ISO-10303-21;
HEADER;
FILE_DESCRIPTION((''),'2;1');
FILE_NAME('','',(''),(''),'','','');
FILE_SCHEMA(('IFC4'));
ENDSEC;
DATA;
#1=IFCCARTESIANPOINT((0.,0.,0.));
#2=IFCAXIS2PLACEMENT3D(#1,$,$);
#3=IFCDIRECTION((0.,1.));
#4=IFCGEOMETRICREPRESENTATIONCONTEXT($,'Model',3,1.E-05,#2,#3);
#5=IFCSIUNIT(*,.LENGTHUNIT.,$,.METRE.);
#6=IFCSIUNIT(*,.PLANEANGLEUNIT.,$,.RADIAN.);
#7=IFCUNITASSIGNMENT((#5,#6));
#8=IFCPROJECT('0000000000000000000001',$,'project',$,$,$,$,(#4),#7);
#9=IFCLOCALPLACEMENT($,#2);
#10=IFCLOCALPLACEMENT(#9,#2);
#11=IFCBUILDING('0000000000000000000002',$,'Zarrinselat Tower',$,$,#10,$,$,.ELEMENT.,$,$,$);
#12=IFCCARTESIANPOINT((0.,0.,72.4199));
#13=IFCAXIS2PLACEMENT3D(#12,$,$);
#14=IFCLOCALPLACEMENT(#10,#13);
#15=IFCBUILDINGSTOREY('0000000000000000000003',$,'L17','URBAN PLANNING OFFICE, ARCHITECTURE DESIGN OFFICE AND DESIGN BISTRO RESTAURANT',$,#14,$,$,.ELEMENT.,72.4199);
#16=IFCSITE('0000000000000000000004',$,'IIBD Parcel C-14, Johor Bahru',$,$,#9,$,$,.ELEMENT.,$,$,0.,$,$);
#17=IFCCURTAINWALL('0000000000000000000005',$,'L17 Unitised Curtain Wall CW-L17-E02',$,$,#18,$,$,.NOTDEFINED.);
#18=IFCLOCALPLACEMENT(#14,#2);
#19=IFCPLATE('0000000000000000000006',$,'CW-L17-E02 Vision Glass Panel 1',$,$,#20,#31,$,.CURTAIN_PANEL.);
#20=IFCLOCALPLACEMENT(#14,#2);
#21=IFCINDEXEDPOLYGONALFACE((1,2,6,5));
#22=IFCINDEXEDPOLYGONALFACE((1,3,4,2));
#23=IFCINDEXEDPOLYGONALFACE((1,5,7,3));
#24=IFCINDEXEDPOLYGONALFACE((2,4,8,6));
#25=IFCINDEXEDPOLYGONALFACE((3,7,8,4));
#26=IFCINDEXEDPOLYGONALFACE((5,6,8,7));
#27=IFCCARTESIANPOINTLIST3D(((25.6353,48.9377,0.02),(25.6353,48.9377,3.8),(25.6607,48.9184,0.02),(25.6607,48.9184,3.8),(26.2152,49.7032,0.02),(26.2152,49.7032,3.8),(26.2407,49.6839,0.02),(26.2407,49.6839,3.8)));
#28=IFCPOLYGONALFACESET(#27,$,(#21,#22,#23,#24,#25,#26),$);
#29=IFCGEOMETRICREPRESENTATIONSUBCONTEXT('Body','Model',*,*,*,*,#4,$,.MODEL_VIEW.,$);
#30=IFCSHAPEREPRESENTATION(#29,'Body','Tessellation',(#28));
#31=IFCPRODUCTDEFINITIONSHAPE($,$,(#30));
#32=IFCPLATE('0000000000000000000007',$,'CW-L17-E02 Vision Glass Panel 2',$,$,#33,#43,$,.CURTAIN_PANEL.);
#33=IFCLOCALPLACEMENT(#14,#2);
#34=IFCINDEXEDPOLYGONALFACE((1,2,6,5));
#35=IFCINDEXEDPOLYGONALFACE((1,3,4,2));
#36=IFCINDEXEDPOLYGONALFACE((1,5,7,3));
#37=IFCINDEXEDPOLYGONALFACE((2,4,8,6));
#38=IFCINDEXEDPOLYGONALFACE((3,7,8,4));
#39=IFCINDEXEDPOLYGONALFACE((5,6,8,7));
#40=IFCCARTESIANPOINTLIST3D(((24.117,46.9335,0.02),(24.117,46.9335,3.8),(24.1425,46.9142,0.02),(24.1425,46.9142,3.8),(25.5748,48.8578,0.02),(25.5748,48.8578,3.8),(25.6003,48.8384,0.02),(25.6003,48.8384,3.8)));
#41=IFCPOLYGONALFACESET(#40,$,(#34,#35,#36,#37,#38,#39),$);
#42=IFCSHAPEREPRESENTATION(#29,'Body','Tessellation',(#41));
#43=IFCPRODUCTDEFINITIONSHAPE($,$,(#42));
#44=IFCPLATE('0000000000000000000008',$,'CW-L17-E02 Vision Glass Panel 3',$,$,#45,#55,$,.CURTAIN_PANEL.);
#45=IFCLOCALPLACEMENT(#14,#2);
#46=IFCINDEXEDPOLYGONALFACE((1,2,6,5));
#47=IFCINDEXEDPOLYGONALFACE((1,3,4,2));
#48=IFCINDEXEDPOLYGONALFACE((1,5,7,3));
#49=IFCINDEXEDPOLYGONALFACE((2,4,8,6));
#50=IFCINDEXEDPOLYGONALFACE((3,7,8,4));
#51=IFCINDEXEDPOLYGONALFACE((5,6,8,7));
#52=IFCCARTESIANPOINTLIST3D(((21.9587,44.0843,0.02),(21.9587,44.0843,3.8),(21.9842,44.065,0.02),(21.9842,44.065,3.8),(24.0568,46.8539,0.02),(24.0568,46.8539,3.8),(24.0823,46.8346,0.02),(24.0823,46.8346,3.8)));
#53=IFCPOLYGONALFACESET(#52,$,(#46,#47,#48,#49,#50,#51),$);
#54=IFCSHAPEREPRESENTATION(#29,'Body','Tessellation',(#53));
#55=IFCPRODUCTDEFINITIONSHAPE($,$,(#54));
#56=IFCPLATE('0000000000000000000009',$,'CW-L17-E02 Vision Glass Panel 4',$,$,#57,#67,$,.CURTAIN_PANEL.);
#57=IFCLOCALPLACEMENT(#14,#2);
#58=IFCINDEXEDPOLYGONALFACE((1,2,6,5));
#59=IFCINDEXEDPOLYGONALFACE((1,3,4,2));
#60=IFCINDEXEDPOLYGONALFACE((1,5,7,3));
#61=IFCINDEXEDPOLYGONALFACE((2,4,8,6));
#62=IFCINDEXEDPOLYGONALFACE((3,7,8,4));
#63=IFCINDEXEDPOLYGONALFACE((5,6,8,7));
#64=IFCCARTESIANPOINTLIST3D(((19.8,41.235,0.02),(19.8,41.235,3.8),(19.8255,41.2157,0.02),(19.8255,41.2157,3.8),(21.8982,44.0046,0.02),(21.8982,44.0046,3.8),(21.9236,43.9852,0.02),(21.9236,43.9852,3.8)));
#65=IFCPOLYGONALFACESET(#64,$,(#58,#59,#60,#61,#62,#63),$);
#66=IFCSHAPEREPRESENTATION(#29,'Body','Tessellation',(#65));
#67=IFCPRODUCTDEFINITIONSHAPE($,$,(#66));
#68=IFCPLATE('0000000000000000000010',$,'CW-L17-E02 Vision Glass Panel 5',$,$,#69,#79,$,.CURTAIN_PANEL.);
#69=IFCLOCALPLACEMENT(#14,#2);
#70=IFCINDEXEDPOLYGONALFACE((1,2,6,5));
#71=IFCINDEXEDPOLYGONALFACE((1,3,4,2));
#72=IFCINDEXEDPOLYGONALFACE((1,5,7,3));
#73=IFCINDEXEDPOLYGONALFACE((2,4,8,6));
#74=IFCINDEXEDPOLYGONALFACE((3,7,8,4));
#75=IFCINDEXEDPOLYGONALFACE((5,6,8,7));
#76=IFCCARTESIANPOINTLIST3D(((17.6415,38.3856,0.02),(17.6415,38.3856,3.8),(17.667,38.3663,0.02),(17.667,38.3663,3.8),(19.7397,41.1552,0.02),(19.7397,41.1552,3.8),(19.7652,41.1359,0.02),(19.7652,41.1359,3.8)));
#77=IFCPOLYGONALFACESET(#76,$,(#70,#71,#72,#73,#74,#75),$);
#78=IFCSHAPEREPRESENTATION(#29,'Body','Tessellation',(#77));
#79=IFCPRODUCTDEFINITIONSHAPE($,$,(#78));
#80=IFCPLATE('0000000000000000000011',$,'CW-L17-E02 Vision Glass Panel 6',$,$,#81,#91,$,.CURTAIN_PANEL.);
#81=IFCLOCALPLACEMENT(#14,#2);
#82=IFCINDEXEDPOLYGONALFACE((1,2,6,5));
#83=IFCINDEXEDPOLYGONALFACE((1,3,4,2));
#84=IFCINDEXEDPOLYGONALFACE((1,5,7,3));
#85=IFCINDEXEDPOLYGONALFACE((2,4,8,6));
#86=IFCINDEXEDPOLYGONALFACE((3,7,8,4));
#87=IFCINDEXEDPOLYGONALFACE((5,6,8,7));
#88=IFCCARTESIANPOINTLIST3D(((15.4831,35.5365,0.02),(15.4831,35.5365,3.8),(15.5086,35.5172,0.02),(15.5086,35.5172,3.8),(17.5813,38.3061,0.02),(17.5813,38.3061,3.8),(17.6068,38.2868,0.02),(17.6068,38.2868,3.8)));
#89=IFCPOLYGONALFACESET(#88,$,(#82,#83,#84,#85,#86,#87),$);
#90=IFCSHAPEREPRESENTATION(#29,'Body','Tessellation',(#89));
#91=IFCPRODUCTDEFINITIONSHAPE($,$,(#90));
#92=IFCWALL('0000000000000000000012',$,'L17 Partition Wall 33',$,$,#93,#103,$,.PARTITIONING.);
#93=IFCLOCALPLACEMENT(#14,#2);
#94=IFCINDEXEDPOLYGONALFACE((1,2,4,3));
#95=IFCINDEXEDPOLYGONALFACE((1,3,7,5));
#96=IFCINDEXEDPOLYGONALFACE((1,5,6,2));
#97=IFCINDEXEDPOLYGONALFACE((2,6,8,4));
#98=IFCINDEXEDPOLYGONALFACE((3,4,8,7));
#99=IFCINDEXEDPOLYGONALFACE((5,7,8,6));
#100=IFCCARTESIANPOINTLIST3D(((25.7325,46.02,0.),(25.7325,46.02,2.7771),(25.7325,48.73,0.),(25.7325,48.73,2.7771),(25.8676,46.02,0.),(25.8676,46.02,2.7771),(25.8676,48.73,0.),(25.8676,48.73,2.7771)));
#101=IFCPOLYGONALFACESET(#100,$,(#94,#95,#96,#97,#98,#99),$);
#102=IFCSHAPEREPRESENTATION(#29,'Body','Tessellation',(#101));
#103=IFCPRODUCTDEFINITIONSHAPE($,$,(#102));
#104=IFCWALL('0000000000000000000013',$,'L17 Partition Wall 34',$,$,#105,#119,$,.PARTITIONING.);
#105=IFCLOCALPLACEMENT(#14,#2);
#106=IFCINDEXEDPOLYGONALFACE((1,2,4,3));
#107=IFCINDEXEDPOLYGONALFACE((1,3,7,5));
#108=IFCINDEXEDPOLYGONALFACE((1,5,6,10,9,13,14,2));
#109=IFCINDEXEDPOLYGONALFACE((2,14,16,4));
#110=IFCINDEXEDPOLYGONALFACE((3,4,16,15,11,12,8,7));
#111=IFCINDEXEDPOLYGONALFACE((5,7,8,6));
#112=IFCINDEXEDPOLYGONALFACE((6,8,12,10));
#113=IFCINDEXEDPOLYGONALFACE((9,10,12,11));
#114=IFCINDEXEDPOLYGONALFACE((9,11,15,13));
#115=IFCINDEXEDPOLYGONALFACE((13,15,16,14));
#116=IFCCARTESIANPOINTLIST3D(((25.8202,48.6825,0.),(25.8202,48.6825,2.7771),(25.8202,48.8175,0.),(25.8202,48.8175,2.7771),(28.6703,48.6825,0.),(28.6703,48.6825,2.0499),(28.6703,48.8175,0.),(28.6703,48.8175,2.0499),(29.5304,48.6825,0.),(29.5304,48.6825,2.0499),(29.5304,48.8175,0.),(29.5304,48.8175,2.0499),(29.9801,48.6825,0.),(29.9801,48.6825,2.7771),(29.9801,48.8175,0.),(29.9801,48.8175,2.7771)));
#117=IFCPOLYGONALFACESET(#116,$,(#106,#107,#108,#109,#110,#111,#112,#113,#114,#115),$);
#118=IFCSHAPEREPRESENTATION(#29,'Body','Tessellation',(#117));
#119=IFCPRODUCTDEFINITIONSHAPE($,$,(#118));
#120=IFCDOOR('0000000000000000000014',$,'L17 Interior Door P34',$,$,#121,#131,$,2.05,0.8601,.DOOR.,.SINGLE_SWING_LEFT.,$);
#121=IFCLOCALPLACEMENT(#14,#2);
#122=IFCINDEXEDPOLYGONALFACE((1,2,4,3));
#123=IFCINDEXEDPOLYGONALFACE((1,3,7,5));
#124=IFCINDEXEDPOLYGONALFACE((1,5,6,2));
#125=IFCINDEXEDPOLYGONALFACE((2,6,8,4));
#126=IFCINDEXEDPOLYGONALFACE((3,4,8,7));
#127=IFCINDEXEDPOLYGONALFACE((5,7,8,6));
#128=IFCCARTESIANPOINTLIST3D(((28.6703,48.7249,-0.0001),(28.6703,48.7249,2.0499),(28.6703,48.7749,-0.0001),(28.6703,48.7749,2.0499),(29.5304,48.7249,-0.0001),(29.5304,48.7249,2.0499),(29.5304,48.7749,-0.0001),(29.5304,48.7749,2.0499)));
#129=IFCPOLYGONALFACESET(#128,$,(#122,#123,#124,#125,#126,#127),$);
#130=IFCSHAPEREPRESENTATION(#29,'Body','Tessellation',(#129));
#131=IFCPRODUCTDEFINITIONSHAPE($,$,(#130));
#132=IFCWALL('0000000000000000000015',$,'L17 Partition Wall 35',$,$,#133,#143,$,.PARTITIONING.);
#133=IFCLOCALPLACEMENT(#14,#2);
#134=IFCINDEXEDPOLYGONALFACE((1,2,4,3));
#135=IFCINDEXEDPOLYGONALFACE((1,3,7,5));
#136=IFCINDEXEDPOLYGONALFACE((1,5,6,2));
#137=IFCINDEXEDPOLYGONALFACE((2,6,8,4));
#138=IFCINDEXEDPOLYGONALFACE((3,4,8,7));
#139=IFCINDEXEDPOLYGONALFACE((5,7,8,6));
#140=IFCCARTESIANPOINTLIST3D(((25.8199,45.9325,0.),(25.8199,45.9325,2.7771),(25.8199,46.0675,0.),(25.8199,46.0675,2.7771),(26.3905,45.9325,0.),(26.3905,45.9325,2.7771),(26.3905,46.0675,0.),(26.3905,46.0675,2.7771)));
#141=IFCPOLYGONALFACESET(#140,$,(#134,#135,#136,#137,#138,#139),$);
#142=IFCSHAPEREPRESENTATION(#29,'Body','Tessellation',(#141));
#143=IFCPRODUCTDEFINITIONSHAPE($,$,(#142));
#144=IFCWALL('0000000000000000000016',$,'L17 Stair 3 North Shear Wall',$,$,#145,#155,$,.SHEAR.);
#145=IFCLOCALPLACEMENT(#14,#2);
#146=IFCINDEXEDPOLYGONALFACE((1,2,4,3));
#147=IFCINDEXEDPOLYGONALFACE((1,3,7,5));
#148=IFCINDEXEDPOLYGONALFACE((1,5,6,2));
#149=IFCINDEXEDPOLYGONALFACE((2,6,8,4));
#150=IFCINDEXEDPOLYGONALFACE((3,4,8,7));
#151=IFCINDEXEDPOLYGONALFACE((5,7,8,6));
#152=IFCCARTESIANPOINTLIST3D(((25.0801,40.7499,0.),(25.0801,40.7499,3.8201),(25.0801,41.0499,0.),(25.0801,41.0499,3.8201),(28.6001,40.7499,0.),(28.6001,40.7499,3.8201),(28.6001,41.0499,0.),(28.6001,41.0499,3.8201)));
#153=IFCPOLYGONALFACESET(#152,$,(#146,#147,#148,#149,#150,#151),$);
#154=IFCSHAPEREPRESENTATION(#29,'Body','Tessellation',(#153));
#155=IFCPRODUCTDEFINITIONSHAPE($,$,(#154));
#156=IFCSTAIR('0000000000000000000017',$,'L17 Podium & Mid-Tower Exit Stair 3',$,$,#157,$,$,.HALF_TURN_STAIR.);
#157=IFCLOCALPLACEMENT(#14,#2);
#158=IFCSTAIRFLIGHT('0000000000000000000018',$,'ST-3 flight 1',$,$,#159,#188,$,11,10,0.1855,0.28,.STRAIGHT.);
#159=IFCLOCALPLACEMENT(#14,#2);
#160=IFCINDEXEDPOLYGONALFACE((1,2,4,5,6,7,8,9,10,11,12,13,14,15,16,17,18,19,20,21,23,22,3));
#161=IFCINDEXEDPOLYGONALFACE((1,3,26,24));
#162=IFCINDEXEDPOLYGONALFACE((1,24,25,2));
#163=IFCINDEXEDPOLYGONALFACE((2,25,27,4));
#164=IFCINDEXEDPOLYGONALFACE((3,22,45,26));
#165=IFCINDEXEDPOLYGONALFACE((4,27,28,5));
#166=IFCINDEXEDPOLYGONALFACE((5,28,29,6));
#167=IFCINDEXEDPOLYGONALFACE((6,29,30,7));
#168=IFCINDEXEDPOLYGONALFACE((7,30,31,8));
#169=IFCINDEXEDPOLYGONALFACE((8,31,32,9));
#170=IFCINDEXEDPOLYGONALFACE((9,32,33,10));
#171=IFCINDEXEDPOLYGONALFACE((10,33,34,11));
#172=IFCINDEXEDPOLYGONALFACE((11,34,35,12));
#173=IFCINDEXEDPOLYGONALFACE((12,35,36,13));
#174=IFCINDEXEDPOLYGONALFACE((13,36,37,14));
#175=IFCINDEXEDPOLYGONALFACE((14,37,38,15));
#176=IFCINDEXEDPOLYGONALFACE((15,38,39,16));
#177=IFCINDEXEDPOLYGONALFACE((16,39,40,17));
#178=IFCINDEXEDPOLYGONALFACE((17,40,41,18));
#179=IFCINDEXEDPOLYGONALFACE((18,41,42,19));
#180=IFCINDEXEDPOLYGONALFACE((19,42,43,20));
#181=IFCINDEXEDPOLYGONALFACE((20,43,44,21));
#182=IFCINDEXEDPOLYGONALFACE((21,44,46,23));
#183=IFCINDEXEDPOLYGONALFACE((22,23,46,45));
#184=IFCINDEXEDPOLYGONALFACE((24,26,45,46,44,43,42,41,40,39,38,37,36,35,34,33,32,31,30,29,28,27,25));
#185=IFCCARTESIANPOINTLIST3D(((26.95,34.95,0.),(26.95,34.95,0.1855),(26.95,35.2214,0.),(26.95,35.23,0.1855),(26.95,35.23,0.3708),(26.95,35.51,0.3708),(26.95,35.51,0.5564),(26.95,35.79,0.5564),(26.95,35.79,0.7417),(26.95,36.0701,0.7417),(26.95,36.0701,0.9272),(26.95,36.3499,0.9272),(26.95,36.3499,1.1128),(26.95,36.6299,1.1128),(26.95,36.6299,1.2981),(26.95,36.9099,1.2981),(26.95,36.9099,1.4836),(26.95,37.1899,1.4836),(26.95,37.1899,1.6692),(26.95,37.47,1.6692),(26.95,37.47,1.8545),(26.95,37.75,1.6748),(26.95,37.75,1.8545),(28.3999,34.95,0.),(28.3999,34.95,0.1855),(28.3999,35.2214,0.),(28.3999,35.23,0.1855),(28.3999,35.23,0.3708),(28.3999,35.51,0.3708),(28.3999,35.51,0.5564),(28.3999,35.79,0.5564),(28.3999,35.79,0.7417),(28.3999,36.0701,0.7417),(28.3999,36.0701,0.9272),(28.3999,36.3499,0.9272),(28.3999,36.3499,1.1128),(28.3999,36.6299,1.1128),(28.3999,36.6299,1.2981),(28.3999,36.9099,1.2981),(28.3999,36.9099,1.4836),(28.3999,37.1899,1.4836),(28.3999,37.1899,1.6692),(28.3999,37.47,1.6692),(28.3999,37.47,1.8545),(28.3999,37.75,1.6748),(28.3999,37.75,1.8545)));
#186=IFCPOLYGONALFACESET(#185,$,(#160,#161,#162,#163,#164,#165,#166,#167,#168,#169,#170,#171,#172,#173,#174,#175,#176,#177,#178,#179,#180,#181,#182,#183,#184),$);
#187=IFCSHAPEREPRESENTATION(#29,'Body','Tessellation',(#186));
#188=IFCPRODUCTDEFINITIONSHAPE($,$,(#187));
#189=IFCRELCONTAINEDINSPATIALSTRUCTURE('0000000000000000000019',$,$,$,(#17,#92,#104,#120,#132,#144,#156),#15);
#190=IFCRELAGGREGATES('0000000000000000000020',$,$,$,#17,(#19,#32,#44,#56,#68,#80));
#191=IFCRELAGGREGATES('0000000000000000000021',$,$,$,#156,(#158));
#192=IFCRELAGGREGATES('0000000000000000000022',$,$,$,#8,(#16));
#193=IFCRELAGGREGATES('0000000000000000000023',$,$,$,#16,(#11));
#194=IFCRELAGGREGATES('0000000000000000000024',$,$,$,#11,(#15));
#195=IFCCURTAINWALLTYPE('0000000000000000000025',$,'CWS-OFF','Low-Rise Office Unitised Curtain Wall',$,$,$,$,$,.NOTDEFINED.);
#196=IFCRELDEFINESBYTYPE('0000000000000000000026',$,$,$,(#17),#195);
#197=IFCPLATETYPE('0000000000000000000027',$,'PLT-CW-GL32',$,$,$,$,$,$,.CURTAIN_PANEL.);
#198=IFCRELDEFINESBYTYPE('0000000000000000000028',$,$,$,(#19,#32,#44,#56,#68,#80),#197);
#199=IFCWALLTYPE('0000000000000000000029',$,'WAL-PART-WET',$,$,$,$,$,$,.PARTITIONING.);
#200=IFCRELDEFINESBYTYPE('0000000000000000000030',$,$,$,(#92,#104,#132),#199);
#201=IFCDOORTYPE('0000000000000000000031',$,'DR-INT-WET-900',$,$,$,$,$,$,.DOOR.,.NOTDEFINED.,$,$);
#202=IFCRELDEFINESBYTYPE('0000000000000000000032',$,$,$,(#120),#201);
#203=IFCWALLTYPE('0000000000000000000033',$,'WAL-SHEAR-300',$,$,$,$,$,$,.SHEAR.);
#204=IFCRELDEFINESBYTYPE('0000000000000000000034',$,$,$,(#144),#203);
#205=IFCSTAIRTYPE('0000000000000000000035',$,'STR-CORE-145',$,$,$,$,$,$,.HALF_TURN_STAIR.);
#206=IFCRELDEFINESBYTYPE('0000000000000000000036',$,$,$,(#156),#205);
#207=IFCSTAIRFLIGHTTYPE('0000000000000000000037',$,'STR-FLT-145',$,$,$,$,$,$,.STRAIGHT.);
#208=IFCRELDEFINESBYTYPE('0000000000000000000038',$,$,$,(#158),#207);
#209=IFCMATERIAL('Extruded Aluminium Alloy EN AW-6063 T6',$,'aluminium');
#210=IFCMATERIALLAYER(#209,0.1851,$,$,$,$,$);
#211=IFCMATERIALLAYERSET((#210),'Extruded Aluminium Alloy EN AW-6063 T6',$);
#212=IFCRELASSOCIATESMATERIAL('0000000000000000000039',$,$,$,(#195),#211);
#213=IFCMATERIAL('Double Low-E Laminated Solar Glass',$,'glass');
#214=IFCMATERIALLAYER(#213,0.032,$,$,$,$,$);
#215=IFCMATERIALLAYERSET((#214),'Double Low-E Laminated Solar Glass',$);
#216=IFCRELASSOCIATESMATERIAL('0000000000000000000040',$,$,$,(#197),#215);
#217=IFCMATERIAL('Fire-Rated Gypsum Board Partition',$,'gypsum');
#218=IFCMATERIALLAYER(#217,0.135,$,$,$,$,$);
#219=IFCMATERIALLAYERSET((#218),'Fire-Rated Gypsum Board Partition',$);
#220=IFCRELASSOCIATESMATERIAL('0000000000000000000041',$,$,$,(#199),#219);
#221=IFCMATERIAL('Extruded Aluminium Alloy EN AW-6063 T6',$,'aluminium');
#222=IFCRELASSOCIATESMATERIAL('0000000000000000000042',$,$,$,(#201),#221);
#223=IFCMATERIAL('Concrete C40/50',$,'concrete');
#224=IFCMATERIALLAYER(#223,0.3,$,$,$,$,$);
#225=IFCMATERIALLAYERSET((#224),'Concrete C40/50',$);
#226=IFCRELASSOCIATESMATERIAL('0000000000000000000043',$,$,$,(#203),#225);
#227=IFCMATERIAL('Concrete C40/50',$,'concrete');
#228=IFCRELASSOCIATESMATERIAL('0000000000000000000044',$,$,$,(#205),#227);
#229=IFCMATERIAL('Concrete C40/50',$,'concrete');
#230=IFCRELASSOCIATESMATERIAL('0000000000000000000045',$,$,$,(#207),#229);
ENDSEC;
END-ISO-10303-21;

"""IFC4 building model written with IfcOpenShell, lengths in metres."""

from ifc_helpers import new_model, si_unit, direction, frame, frame_2d, origin, origin_2d, place, context, subcontext, project, spatial, polyline, rectangle, outline, extrude, material, layer, layer_set, type_object, element, fill, aggregate, save


model = new_model("IFC4")

# Units and contexts
model_context = context("Model", 3, precision=1e-05, world=origin(), true_north=direction((0.0, 1.0)))
body_context = subcontext(model_context, "Body", "Model", "MODEL_VIEW")
ifc_project = project(units=[si_unit("LENGTHUNIT", "METRE"), si_unit("PLANEANGLEUNIT", "RADIAN")], contexts=[model_context])

# Site, building, storey
site_placement = place(None, origin())
site = spatial("IfcSite", under=ifc_project, at=site_placement, Name="IIBD Parcel C-14, Johor Bahru", CompositionType="ELEMENT", RefElevation=0.0)
building_placement = place(site_placement, origin())
building = spatial("IfcBuilding", under=site, at=building_placement, Name="Zarrinselat Tower", CompositionType="ELEMENT")
storey_placement = place(building_placement, frame((0.0, 0.0, 72.4199)))
storey = spatial("IfcBuildingStorey", under=building, at=storey_placement, Name="L17", Description="URBAN PLANNING OFFICE, ARCHITECTURE DESIGN OFFICE AND DESIGN BISTRO RESTAURANT", CompositionType="ELEMENT", Elevation=72.4199)

# Shared definitions
ifc_material_1 = material(Name="Extruded Aluminium Alloy EN AW-6063 T6", Category="aluminium")
ifc_layer_1 = layer(ifc_material_1, 0.1851)
ifc_layer_set_1 = layer_set([ifc_layer_1], Name="Extruded Aluminium Alloy EN AW-6063 T6")
curtain_wall_type = type_object("IfcCurtainWallType", Name="CWS-OFF", Description="Low-Rise Office Unitised Curtain Wall", PredefinedType="NOTDEFINED", material=ifc_layer_set_1)

# Curtain wall
curtain_wall_1_placement = place(storey_placement, origin())
curtain_wall_1 = element("IfcCurtainWall", 1, at=curtain_wall_1_placement, inside=storey, type_object=curtain_wall_type, Name="L17 Unitised Curtain Wall CW-L17-E02", PredefinedType="NOTDEFINED")

# Plates
ifc_material_2 = material(Name="Double Low-E Laminated Solar Glass", Category="glass")
ifc_layer_2 = layer(ifc_material_2, 0.032)
ifc_layer_set_2 = layer_set([ifc_layer_2], Name="Double Low-E Laminated Solar Glass")
plate_type = type_object("IfcPlateType", Name="PLT-CW-GL32", PredefinedType="CURTAIN_PANEL", material=ifc_layer_set_2)
plate_1_placement = place(storey_placement, frame((25.938, 49.3108, 0.02), z_axis=(0.0, 0.0, 1.0), x_axis=(-0.603857, -0.797093, 0.0)))
plate_1 = element("IfcPlate", 2, at=plate_1_placement, type_object=plate_type, Name="CW-L17-E02 Vision Glass Panel 1", PredefinedType="CURTAIN_PANEL", context=body_context, shape_type="SweptSolid", body=[
    extrude(rectangle(XDim=0.9604, YDim=0.032, at=origin_2d()), origin(), (0.0, 0.0, 1.0), 3.78),
])
plate_2_placement = place(storey_placement, frame((24.8586, 47.886, 0.02), z_axis=(0.0, 0.0, 1.0), x_axis=(-0.603857, -0.797093, 0.0)))
plate_2 = element("IfcPlate", 3, at=plate_2_placement, type_object=plate_type, Name="CW-L17-E02 Vision Glass Panel 2", PredefinedType="CURTAIN_PANEL", context=body_context, shape_type="SweptSolid", body=[
    extrude(rectangle(XDim=2.4141, YDim=0.032, at=origin_2d()), origin(), (0.0, 0.0, 1.0), 3.78),
])
plate_3_placement = place(storey_placement, frame((23.0205, 45.4595, 0.02), z_axis=(0.0, 0.0, 1.0), x_axis=(-0.603857, -0.797093, 0.0)))
plate_3 = element("IfcPlate", 4, at=plate_3_placement, type_object=plate_type, Name="CW-L17-E02 Vision Glass Panel 3", PredefinedType="CURTAIN_PANEL", context=body_context, shape_type="SweptSolid", body=[
    extrude(rectangle(XDim=3.4746, YDim=0.032, at=origin_2d()), origin(), (0.0, 0.0, 1.0), 3.78),
])
plate_4_placement = place(storey_placement, frame((20.8618, 42.6101, 0.02), z_axis=(0.0, 0.0, 1.0), x_axis=(-0.603857, -0.797093, 0.0)))
plate_4 = element("IfcPlate", 5, at=plate_4_placement, type_object=plate_type, Name="CW-L17-E02 Vision Glass Panel 4", PredefinedType="CURTAIN_PANEL", context=body_context, shape_type="SweptSolid", body=[
    extrude(rectangle(XDim=3.4746, YDim=0.032, at=origin_2d()), origin(), (0.0, 0.0, 1.0), 3.78),
])
plate_5_placement = place(storey_placement, frame((18.7034, 39.7607, 0.02), z_axis=(0.0, 0.0, 1.0), x_axis=(-0.603857, -0.797093, 0.0)))
plate_5 = element("IfcPlate", 6, at=plate_5_placement, type_object=plate_type, Name="CW-L17-E02 Vision Glass Panel 5", PredefinedType="CURTAIN_PANEL", context=body_context, shape_type="SweptSolid", body=[
    extrude(rectangle(XDim=3.4746, YDim=0.032, at=origin_2d()), origin(), (0.0, 0.0, 1.0), 3.78),
])
plate_6_placement = place(storey_placement, frame((16.5449, 36.9116, 0.02), z_axis=(0.0, 0.0, 1.0), x_axis=(-0.603857, -0.797093, 0.0)))
plate_6 = element("IfcPlate", 7, at=plate_6_placement, type_object=plate_type, Name="CW-L17-E02 Vision Glass Panel 6", PredefinedType="CURTAIN_PANEL", context=body_context, shape_type="SweptSolid", body=[
    extrude(rectangle(XDim=3.4746, YDim=0.032, at=origin_2d()), origin(), (0.0, 0.0, 1.0), 3.78),
])
aggregate(curtain_wall_1, [plate_1, plate_2, plate_3, plate_4, plate_5, plate_6])

# Wall
ifc_material_3 = material(Name="Fire-Rated Gypsum Board Partition", Category="gypsum")
ifc_layer_3 = layer(ifc_material_3, 0.135)
ifc_layer_set_3 = layer_set([ifc_layer_3], Name="Fire-Rated Gypsum Board Partition")
wall_type_1 = type_object("IfcWallType", Name="WAL-PART-WET", PredefinedType="PARTITIONING", material=ifc_layer_set_3)
wall_1_placement = place(storey_placement, frame((25.8, 46.02, 0.0), z_axis=(0.0, 0.0, 1.0), x_axis=(0.0, 1.0, 0.0)))
element("IfcWall", 8, at=wall_1_placement, inside=storey, type_object=wall_type_1, Name="L17 Partition Wall 33", PredefinedType="PARTITIONING", context=body_context, shape_type="SweptSolid", body=[
    extrude(rectangle(XDim=2.71, YDim=0.135, at=frame_2d((1.355, 0.0))), origin(), (0.0, 0.0, 1.0), 2.7771),
])

# Wall, opening, door
wall_2_placement = place(storey_placement, frame((25.8201, 48.75, 0.0), z_axis=(0.0, 0.0, 1.0), x_axis=(1.0, 0.0, 0.0)))
wall_2 = element("IfcWall", 9, at=wall_2_placement, inside=storey, type_object=wall_type_1, Name="L17 Partition Wall 34", PredefinedType="PARTITIONING", context=body_context, shape_type="SweptSolid", body=[
    extrude(rectangle(XDim=4.1599, YDim=0.135, at=frame_2d((2.0801, 0.0))), origin(), (0.0, 0.0, 1.0), 2.7771),
])
opening_placement = place(wall_2_placement, frame((2.8501, 0.0, 0.0)))
opening = element("IfcOpeningElement", 10, at=opening_placement, cuts=wall_2, PredefinedType="OPENING", context=body_context, shape_type="SweptSolid", body=[
    extrude(rectangle(XDim=0.8601, YDim=2.05, at=frame_2d((0.4302, 1.0249))), frame((0.0, 0.0774, 0.0), z_axis=(0.0, -1.0, 0.0), x_axis=(1.0, 0.0, 0.0)), (0.0, 0.0, 1.0), 0.155),
])
ifc_material_4 = material(Name="Extruded Aluminium Alloy EN AW-6063 T6", Category="aluminium")
door_type = type_object("IfcDoorType", Name="DR-INT-WET-900", OperationType="NOTDEFINED", PredefinedType="DOOR", material=ifc_material_4)
door_placement = place(opening_placement, origin())
door = element("IfcDoor", 11, at=door_placement, inside=storey, type_object=door_type, Name="L17 Interior Door P34", OperationType="SINGLE_SWING_LEFT", OverallHeight=2.05, OverallWidth=0.8601, PredefinedType="DOOR", context=body_context, shape_type="SweptSolid", body=[
    extrude(rectangle(XDim=0.8601, YDim=2.05, at=frame_2d((0.4302, 1.0249))), frame((0.0, 0.0249, 0.0), z_axis=(0.0, -1.0, 0.0), x_axis=(1.0, 0.0, 0.0)), (0.0, 0.0, 1.0), 0.05),
])
fill(opening, door)

# Walls
wall_3_placement = place(storey_placement, frame((25.8201, 46.0, 0.0), z_axis=(0.0, 0.0, 1.0), x_axis=(1.0, 0.0, 0.0)))
element("IfcWall", 12, at=wall_3_placement, inside=storey, type_object=wall_type_1, Name="L17 Partition Wall 35", PredefinedType="PARTITIONING", context=body_context, shape_type="SweptSolid", body=[
    extrude(rectangle(XDim=0.5706, YDim=0.135, at=frame_2d((0.2852, 0.0))), origin(), (0.0, 0.0, 1.0), 2.7771),
])
ifc_material_5 = material(Name="Concrete C40/50", Category="concrete")
ifc_layer_4 = layer(ifc_material_5, 0.3)
ifc_layer_set_4 = layer_set([ifc_layer_4], Name="Concrete C40/50")
wall_type_2 = type_object("IfcWallType", Name="WAL-SHEAR-300", PredefinedType="SHEAR", material=ifc_layer_set_4)
wall_4_placement = place(storey_placement, frame((25.0801, 40.8999, 0.0), z_axis=(0.0, 0.0, 1.0), x_axis=(1.0, 0.0, 0.0)))
element("IfcWall", 13, at=wall_4_placement, inside=storey, type_object=wall_type_2, Name="L17 Stair 3 North Shear Wall", PredefinedType="SHEAR", context=body_context, shape_type="SweptSolid", body=[
    extrude(rectangle(XDim=3.52, YDim=0.3, at=frame_2d((1.76, 0.0))), origin(), (0.0, 0.0, 1.0), 3.8201),
])

# Stair, stair flight
ifc_material_6 = material(Name="Concrete C40/50", Category="concrete")
stair_type = type_object("IfcStairType", Name="STR-CORE-145", PredefinedType="HALF_TURN_STAIR", material=ifc_material_6)
stair_placement = place(storey_placement, origin())
stair = element("IfcStair", 14, at=stair_placement, inside=storey, type_object=stair_type, Name="L17 Podium & Mid-Tower Exit Stair 3", PredefinedType="HALF_TURN_STAIR")
ifc_material_7 = material(Name="Concrete C40/50", Category="concrete")
stair_flight_type = type_object("IfcStairFlightType", Name="STR-FLT-145", PredefinedType="STRAIGHT", material=ifc_material_7)
stair_flight_1_placement = place(storey_placement, frame((27.675, 34.95, 0.0), z_axis=(0.0, 0.0, 1.0), x_axis=(0.0, 1.0, 0.0)))
stair_flight_1 = element("IfcStairFlight", 15, at=stair_flight_1_placement, type_object=stair_flight_type, Name="ST-3 flight 1", NumberOfRisers=11, NumberOfTreads=10, PredefinedType="STRAIGHT", RiserHeight=0.1855, TreadLength=0.28, context=body_context, shape_type="SweptSolid", body=[
    extrude(outline(polyline([(0.0, 0.0), (0.0, 0.1855), (0.28, 0.1855), (0.28, 0.3708), (0.5601, 0.3708), (0.5601, 0.5564), (0.8401, 0.5564), (0.8401, 0.7417), (1.1201, 0.7417), (1.1201, 0.9272), (1.3999, 0.9272), (1.3999, 1.1128), (1.6799, 1.1128), (1.6799, 1.2981), (1.96, 1.2981), (1.96, 1.4836), (2.24, 1.4836), (2.24, 1.6692), (2.52, 1.6692), (2.52, 1.8545), (2.8, 1.8545), (2.8, 2.04), (2.8, 1.6748), (0.2715, 0.0), (0.0, 0.0)])), frame((0.0, 0.7251, 0.0), z_axis=(0.0, -1.0, 0.0), x_axis=(1.0, 0.0, 0.0)), (0.0, 0.0, 1.0), 1.45),
])
aggregate(stair, [stair_flight_1])

save(model, "model.ifc")
